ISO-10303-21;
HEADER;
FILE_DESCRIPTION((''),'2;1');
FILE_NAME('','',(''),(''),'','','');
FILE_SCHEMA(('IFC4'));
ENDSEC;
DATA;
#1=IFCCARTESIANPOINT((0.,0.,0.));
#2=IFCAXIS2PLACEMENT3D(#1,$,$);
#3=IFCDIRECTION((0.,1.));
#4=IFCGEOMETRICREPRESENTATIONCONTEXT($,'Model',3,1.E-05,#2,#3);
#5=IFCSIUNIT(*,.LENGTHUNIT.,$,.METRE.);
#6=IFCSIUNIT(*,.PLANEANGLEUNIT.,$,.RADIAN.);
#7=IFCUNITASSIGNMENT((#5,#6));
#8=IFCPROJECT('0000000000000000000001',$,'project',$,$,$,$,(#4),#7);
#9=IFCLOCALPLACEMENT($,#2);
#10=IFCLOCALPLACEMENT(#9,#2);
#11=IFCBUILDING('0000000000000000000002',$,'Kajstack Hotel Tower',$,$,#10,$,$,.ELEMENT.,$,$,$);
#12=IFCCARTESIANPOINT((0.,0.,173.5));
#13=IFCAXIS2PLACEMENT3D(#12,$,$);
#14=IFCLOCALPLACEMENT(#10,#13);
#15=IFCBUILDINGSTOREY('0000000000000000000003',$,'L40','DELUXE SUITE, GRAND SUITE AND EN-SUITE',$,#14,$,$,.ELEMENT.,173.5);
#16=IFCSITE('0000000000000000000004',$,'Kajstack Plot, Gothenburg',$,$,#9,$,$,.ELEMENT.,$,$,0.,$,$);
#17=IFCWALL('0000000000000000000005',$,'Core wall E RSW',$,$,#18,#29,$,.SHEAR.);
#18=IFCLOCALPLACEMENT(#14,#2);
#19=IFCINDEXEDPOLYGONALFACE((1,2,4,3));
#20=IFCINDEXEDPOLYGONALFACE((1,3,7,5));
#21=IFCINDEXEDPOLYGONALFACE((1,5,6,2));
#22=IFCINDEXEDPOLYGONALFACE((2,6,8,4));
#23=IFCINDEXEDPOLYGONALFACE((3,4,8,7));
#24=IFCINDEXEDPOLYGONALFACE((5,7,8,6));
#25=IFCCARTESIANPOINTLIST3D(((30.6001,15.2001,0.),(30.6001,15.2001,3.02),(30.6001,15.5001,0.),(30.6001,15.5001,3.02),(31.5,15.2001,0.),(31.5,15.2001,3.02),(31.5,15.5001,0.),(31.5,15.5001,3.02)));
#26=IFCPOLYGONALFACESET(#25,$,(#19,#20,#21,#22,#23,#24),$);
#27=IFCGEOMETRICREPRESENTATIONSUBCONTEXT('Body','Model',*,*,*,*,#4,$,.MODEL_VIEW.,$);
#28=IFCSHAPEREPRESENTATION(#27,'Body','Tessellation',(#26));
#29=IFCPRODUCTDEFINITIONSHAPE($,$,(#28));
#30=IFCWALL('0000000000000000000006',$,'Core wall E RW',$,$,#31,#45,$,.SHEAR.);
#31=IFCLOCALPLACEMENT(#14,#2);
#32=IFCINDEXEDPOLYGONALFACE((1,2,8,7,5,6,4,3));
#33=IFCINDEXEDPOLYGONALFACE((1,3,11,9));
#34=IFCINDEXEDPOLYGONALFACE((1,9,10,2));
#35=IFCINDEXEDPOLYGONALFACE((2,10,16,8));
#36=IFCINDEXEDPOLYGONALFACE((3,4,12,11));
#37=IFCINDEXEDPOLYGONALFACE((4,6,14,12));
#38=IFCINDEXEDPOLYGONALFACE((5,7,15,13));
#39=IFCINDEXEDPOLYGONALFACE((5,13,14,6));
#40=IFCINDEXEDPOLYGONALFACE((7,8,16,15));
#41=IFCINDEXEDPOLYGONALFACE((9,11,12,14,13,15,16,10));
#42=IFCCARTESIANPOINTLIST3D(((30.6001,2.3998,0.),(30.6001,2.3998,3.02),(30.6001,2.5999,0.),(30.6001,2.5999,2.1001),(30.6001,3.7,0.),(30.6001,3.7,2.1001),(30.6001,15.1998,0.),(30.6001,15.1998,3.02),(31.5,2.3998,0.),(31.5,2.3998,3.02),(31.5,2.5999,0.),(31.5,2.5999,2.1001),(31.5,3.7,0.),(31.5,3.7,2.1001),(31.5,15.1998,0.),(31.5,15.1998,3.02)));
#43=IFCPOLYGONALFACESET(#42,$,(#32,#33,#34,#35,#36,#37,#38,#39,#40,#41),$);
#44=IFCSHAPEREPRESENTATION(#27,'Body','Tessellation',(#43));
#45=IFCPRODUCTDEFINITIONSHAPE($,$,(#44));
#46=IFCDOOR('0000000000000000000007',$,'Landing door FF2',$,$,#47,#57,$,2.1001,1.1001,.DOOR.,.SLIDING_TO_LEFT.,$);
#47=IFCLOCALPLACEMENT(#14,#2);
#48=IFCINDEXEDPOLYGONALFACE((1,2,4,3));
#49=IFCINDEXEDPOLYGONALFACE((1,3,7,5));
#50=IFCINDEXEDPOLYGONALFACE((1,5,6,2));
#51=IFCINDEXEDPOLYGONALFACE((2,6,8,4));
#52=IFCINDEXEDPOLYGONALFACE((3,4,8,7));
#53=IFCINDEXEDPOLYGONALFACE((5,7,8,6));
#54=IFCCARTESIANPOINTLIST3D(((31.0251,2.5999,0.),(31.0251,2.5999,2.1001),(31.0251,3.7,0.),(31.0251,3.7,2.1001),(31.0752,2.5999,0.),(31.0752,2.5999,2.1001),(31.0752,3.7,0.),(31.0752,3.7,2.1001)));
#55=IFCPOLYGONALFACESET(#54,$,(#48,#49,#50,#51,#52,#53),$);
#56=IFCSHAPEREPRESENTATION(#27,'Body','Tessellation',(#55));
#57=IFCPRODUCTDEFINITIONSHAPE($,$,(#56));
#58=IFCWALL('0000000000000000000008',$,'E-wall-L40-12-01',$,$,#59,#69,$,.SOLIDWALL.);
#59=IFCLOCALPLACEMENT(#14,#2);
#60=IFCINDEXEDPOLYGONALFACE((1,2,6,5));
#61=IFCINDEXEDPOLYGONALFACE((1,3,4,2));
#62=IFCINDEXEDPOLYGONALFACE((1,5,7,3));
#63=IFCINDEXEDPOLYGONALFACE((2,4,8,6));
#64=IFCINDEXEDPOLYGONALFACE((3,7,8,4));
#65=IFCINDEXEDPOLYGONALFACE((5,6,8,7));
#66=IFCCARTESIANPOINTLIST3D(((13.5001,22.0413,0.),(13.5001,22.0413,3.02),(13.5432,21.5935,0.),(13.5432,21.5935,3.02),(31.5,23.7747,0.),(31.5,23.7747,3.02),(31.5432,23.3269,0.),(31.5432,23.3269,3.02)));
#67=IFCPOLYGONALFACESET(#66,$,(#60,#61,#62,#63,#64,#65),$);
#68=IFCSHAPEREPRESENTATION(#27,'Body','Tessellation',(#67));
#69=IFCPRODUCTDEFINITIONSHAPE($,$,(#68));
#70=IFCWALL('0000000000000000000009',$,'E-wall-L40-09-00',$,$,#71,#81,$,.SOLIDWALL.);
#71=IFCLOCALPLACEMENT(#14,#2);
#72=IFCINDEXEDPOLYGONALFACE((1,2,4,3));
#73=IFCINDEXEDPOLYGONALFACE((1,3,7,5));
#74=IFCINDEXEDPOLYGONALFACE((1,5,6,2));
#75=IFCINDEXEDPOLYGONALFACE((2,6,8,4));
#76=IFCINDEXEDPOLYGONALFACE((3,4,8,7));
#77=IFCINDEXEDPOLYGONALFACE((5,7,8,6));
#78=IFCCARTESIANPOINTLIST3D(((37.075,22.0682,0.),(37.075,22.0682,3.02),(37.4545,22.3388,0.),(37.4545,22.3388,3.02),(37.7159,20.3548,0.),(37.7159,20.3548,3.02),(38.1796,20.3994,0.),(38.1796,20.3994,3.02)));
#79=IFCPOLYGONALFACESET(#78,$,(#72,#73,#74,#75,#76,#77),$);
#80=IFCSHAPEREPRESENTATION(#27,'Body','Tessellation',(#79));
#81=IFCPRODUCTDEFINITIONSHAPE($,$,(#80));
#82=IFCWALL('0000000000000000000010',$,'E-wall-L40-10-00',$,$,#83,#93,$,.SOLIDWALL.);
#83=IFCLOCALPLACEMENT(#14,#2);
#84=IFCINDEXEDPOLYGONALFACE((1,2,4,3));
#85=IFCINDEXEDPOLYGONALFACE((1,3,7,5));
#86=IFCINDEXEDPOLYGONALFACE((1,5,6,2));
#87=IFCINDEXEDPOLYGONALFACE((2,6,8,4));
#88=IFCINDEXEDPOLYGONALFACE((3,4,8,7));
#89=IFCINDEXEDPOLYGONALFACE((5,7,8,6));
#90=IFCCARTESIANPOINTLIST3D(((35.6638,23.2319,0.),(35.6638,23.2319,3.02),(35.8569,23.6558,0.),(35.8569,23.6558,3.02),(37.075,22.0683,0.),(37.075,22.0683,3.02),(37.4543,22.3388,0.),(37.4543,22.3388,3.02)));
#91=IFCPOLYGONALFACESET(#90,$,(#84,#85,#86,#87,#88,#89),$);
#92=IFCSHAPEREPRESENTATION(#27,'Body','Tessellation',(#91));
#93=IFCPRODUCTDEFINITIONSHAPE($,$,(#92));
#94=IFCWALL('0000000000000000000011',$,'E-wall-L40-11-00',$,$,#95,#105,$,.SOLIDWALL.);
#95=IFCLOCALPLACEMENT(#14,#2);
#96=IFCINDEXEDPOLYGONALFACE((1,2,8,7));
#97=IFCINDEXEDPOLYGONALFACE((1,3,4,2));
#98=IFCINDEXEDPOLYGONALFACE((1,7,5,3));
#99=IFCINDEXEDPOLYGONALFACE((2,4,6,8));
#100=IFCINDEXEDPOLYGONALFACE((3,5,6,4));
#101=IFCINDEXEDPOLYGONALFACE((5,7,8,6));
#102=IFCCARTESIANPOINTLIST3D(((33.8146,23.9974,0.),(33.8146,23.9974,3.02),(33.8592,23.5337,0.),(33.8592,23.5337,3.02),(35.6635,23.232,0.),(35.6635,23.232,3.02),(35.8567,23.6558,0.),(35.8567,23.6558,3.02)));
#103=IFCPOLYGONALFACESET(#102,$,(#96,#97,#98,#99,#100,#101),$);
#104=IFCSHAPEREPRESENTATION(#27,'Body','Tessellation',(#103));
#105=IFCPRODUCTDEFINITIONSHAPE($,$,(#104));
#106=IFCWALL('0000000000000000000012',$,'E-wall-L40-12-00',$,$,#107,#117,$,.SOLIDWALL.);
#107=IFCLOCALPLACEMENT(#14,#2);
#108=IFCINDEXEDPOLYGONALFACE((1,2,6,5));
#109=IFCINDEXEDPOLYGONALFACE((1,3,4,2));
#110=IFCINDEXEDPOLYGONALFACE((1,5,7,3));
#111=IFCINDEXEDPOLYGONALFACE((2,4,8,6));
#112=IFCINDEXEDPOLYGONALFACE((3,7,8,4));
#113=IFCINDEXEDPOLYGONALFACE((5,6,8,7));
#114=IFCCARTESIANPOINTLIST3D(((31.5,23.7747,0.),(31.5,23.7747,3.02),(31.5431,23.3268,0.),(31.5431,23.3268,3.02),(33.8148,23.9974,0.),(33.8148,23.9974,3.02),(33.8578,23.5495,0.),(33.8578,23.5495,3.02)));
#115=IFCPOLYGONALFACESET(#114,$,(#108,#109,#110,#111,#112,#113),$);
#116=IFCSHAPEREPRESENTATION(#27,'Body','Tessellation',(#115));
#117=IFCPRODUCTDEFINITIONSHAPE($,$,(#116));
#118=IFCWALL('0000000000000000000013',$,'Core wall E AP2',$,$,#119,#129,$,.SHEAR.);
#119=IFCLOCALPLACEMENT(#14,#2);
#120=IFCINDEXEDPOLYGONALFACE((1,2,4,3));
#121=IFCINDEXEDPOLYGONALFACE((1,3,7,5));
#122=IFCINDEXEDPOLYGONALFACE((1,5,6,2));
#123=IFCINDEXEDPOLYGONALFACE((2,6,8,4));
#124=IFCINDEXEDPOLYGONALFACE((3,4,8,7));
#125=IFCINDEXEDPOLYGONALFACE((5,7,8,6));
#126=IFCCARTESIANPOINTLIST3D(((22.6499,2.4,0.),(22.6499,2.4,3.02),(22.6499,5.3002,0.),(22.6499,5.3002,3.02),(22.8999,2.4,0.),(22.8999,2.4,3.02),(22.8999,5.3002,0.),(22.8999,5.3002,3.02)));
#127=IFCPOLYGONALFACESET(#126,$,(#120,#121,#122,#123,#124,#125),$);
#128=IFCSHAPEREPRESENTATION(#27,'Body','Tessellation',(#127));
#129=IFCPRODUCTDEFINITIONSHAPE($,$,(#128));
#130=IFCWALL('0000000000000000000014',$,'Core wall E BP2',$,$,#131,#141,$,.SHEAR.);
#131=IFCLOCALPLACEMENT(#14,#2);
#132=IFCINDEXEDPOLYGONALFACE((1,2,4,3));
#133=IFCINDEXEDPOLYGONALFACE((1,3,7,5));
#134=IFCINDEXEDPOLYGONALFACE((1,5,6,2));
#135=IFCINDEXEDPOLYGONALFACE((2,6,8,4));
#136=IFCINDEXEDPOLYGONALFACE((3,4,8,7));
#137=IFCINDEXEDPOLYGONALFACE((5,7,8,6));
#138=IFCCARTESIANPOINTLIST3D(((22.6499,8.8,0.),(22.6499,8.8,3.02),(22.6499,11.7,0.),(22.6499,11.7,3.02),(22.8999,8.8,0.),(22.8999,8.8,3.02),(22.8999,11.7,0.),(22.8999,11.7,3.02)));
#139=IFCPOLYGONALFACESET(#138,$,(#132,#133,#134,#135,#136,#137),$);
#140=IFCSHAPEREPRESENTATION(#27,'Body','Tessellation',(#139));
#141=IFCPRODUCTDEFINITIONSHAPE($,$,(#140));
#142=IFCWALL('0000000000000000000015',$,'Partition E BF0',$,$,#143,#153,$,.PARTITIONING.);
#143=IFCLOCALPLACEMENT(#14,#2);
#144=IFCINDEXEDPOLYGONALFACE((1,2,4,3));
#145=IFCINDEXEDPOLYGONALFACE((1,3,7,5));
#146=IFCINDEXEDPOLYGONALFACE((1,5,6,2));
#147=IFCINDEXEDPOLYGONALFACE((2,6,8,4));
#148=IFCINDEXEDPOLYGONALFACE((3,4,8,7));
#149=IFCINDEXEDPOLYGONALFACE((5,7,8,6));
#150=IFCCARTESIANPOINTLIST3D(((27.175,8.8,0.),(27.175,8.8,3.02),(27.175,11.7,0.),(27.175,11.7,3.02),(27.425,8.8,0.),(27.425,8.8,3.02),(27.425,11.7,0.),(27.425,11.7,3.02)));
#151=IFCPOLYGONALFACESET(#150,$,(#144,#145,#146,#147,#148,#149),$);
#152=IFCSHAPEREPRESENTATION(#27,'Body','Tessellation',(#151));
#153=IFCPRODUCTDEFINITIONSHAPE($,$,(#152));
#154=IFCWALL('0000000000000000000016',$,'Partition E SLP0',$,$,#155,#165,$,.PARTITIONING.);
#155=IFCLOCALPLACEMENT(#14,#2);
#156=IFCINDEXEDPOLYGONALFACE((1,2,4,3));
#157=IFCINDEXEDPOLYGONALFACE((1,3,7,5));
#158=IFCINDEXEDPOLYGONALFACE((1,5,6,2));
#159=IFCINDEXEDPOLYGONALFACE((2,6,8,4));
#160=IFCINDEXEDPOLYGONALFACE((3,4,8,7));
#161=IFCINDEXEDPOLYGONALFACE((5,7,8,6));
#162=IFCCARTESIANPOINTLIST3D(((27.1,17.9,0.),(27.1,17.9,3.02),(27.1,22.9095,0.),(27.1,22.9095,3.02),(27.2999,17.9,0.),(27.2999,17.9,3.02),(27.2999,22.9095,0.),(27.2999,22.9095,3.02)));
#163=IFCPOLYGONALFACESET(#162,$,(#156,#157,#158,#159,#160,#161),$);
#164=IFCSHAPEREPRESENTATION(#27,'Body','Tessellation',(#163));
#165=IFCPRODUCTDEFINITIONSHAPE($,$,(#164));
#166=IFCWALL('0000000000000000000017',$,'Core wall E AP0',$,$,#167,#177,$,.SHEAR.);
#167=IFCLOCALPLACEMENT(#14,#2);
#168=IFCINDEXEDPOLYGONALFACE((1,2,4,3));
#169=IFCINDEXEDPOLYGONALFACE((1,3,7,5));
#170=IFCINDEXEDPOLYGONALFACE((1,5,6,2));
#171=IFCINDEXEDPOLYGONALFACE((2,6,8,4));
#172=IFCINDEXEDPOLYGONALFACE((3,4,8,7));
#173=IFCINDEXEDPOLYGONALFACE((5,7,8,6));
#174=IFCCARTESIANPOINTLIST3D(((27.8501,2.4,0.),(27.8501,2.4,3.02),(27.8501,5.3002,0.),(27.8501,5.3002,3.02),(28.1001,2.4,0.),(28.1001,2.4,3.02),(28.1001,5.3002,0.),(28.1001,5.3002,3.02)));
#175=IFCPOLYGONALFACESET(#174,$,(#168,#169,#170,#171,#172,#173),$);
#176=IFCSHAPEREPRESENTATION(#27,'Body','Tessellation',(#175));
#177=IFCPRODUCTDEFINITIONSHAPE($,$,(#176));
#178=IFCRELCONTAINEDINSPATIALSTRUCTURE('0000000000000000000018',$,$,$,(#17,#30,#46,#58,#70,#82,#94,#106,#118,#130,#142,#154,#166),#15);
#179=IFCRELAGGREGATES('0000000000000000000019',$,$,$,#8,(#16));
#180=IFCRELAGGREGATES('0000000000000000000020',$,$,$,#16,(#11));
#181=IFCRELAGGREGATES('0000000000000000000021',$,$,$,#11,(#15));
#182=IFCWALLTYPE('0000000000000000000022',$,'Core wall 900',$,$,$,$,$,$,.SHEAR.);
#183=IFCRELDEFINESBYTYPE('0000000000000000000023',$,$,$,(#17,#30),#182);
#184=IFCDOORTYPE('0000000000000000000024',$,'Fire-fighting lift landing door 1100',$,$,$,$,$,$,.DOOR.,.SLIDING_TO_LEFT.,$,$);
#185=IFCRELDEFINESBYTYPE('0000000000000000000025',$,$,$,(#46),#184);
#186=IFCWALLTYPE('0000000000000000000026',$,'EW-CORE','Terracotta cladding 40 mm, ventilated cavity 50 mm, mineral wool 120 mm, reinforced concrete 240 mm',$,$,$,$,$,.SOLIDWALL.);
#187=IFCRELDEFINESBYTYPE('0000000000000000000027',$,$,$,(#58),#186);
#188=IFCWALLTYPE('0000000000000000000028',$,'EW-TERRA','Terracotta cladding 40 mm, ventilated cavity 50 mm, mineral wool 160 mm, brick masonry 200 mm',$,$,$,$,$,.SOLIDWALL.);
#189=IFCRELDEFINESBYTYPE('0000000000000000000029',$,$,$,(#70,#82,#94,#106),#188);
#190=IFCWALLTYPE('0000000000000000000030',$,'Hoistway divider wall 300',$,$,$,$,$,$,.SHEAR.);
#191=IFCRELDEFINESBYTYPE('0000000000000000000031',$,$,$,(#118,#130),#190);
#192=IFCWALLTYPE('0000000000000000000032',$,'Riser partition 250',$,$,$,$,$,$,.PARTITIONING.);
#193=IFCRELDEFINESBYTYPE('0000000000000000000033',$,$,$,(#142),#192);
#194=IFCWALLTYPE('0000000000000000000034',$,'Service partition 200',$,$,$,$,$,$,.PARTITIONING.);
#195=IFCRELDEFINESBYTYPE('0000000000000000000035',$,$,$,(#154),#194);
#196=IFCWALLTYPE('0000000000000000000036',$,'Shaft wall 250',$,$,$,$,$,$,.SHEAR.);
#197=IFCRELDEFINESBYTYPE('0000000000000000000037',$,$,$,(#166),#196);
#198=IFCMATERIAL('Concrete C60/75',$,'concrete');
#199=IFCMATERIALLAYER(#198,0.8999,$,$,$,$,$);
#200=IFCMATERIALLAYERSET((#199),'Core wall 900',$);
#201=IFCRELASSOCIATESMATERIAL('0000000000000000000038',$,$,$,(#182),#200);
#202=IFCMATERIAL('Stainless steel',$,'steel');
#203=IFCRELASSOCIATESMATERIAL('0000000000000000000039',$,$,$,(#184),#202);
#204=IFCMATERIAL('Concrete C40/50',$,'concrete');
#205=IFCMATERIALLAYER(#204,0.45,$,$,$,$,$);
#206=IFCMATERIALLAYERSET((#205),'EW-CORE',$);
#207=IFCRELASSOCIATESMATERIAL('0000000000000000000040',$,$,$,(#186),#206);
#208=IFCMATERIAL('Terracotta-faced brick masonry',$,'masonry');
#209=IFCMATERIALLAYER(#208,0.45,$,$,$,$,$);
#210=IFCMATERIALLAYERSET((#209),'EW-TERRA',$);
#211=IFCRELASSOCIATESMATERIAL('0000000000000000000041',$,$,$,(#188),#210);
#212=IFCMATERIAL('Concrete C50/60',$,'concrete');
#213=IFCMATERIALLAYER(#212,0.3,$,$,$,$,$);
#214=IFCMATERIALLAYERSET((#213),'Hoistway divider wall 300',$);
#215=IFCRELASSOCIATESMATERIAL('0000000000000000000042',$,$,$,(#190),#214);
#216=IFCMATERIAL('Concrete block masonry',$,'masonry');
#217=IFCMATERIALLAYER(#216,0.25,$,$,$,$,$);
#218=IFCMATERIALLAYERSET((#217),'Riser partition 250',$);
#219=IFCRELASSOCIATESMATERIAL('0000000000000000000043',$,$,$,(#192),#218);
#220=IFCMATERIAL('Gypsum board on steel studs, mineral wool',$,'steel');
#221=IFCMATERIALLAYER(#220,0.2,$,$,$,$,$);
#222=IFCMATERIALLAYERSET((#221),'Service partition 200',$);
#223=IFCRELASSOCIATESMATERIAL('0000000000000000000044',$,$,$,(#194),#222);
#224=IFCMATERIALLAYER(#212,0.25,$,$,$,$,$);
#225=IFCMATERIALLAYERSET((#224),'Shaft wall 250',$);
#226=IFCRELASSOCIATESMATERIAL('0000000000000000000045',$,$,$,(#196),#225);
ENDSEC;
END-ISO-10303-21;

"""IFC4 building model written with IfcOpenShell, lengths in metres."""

from ifc_helpers import new_model, si_unit, direction, frame, frame_2d, origin, place, context, subcontext, project, spatial, polyline, rectangle, outline, extrude, material, layer, layer_set, type_object, element, fill, save


model = new_model("IFC4")

# Units and contexts
model_context = context("Model", 3, precision=1e-05, world=origin(), true_north=direction((0.0, 1.0)))
body_context = subcontext(model_context, "Body", "Model", "MODEL_VIEW")
ifc_project = project(units=[si_unit("LENGTHUNIT", "METRE"), si_unit("PLANEANGLEUNIT", "RADIAN")], contexts=[model_context])

# Site, building, storey
site_placement = place(None, origin())
site = spatial("IfcSite", under=ifc_project, at=site_placement, Name="Kajstack Plot, Gothenburg", CompositionType="ELEMENT", RefElevation=0.0)
building_placement = place(site_placement, origin())
building = spatial("IfcBuilding", under=site, at=building_placement, Name="Kajstack Hotel Tower", CompositionType="ELEMENT")
storey_placement = place(building_placement, frame((0.0, 0.0, 173.5)))
storey = spatial("IfcBuildingStorey", under=building, at=storey_placement, Name="L40", Description="DELUXE SUITE, GRAND SUITE AND EN-SUITE", CompositionType="ELEMENT", Elevation=173.5)

# Wall
ifc_material_1 = material(Name="Concrete C60/75", Category="concrete")
ifc_layer_1 = layer(ifc_material_1, 0.8999)
ifc_layer_set_1 = layer_set([ifc_layer_1], Name="Core wall 900")
wall_type_1 = type_object("IfcWallType", Name="Core wall 900", PredefinedType="SHEAR", material=ifc_layer_set_1)
wall_1_placement = place(storey_placement, frame((30.6001, 15.3501, 0.0), z_axis=(0.0, 0.0, 1.0), x_axis=(1.0, 0.0, 0.0)))
element("IfcWall", 1, at=wall_1_placement, inside=storey, type_object=wall_type_1, Name="Core wall E RSW", PredefinedType="SHEAR", context=body_context, shape_type="SweptSolid", body=[
    extrude(rectangle(XDim=0.8999, YDim=0.3, at=frame_2d((0.45, 0.0))), origin(), (0.0, 0.0, 1.0), 3.02),
])

# Wall, opening, door
wall_2_placement = place(storey_placement, frame((31.05, 2.3999, 0.0), z_axis=(0.0, 0.0, 1.0), x_axis=(0.0, 1.0, 0.0)))
wall_2 = element("IfcWall", 2, at=wall_2_placement, inside=storey, type_object=wall_type_1, Name="Core wall E RW", PredefinedType="SHEAR", context=body_context, shape_type="SweptSolid", body=[
    extrude(rectangle(XDim=12.8, YDim=0.8999, at=frame_2d((6.3999, 0.0))), origin(), (0.0, 0.0, 1.0), 3.02),
])
opening_1_placement = place(wall_2_placement, frame((0.2, 0.0, 0.0)))
opening_1 = element("IfcOpeningElement", 3, at=opening_1_placement, cuts=wall_2, PredefinedType="OPENING", context=body_context, shape_type="SweptSolid", body=[
    extrude(rectangle(XDim=1.1001, YDim=2.1001, at=frame_2d((0.55, 1.05))), frame((0.0, 0.46, 0.0), z_axis=(0.0, -1.0, 0.0), x_axis=(1.0, 0.0, 0.0)), (0.0, 0.0, 1.0), 0.9199),
])
ifc_material_2 = material(Name="Stainless steel", Category="steel")
door_type_1 = type_object("IfcDoorType", Name="Fire-fighting lift landing door 1100", OperationType="SLIDING_TO_LEFT", PredefinedType="DOOR", material=ifc_material_2)
door_1_placement = place(opening_1_placement, origin())
door_1 = element("IfcDoor", 4, at=door_1_placement, inside=storey, type_object=door_type_1, Name="Landing door FF2", OperationType="SLIDING_TO_LEFT", OverallHeight=2.1001, OverallWidth=1.1001, PredefinedType="DOOR", context=body_context, shape_type="SweptSolid", body=[
    extrude(rectangle(XDim=1.1001, YDim=2.1001, at=frame_2d((0.55, 1.05))), frame((0.0, 0.0249, 0.0), z_axis=(0.0, -1.0, 0.0), x_axis=(1.0, 0.0, 0.0)), (0.0, 0.0, 1.0), 0.05),
])
fill(opening_1, door_1)

# Walls
ifc_material_3 = material(Name="Concrete C40/50", Category="concrete")
ifc_layer_2 = layer(ifc_material_3, 0.45)
ifc_layer_set_2 = layer_set([ifc_layer_2], Name="EW-CORE")
wall_type_2 = type_object("IfcWallType", Name="EW-CORE", Description="Terracotta cladding 40 mm, ventilated cavity 50 mm, mineral wool 120 mm, reinforced concrete 240 mm", PredefinedType="SOLIDWALL", material=ifc_layer_set_2)
wall_3_placement = place(storey_placement, frame((31.5215, 23.5508, 0.0), z_axis=(0.0, 0.0, 1.0), x_axis=(-0.995395, -0.095856, 0.0)))
element("IfcWall", 5, at=wall_3_placement, inside=storey, type_object=wall_type_2, Name="E-wall-L40-12-01", PredefinedType="SOLIDWALL", context=body_context, shape_type="SweptSolid", body=[
    extrude(rectangle(XDim=18.0833, YDim=0.45, at=frame_2d((9.0415, 0.0))), origin(), (0.0, 0.0, 1.0), 3.02),
])
ifc_material_4 = material(Name="Terracotta-faced brick masonry", Category="masonry")
ifc_layer_3 = layer(ifc_material_4, 0.45)
ifc_layer_set_3 = layer_set([ifc_layer_3], Name="EW-TERRA")
wall_type_3 = type_object("IfcWallType", Name="EW-TERRA", Description="Terracotta cladding 40 mm, ventilated cavity 50 mm, mineral wool 160 mm, brick masonry 200 mm", PredefinedType="SOLIDWALL", material=ifc_layer_set_3)
wall_4_placement = place(storey_placement, frame((37.9688, 20.3206, 0.0), z_axis=(0.0, 0.0, 1.0), x_axis=(-0.350193, 0.936678, 0.0)))
element("IfcWall", 6, at=wall_4_placement, inside=storey, type_object=wall_type_3, Name="E-wall-L40-09-00", PredefinedType="SOLIDWALL", context=body_context, shape_type="SweptSolid", body=[
    extrude(outline(polyline([(0.0, -0.2251), (2.0706, -0.2251), (1.95, 0.2251), (0.1206, 0.2249), (0.0, -0.2251)])), origin(), (0.0, 0.0, 1.0), 3.02),
])
wall_5_placement = place(storey_placement, frame((37.3113, 22.1653, 0.0), z_axis=(0.0, 0.0, 1.0), x_axis=(-0.771651, 0.636046, 0.0)))
element("IfcWall", 7, at=wall_5_placement, inside=storey, type_object=wall_type_3, Name="E-wall-L40-10-00", PredefinedType="SOLIDWALL", context=body_context, shape_type="SweptSolid", body=[
    extrude(outline(polyline([(0.0, -0.2249), (2.0703, -0.2251), (1.9497, 0.2249), (0.1206, 0.2251), (0.0, -0.2249)])), origin(), (0.0, 0.0, 1.0), 3.02),
])
wall_6_placement = place(storey_placement, frame((35.8196, 23.4338, 0.0), z_axis=(0.0, 0.0, 1.0), x_axis=(-0.986279, 0.165087, 0.0)))
element("IfcWall", 8, at=wall_6_placement, inside=storey, type_object=wall_type_3, Name="E-wall-L40-11-00", PredefinedType="SOLIDWALL", context=body_context, shape_type="SweptSolid", body=[
    extrude(outline(polyline([(0.0, -0.2251), (2.0706, -0.2249), (1.95, 0.2251), (0.1206, 0.2249), (0.0, -0.2251)])), origin(), (0.0, 0.0, 1.0), 3.02),
])
wall_7_placement = place(storey_placement, frame((33.8362, 23.7734, 0.0), z_axis=(0.0, 0.0, 1.0), x_axis=(-0.995405, -0.09575, 0.0)))
element("IfcWall", 9, at=wall_7_placement, inside=storey, type_object=wall_type_3, Name="E-wall-L40-12-00", PredefinedType="SOLIDWALL", context=body_context, shape_type="SweptSolid", body=[
    extrude(rectangle(XDim=2.3254, YDim=0.45, at=frame_2d((1.1626, 0.0))), origin(), (0.0, 0.0, 1.0), 3.02),
])
ifc_material_5 = material(Name="Concrete C50/60", Category="concrete")
ifc_layer_4 = layer(ifc_material_5, 0.3)
ifc_layer_set_4 = layer_set([ifc_layer_4], Name="Hoistway divider wall 300")
wall_type_4 = type_object("IfcWallType", Name="Hoistway divider wall 300", PredefinedType="SHEAR", material=ifc_layer_set_4)
wall_8_placement = place(storey_placement, frame((22.7749, 2.3999, 0.0), z_axis=(0.0, 0.0, 1.0), x_axis=(0.0, 1.0, 0.0)))
element("IfcWall", 10, at=wall_8_placement, inside=storey, type_object=wall_type_4, Name="Core wall E AP2", PredefinedType="SHEAR", context=body_context, shape_type="SweptSolid", body=[
    extrude(rectangle(XDim=2.9001, YDim=0.25, at=frame_2d((1.4502, 0.0))), origin(), (0.0, 0.0, 1.0), 3.02),
])
wall_9_placement = place(storey_placement, frame((22.7749, 8.8, 0.0), z_axis=(0.0, 0.0, 1.0), x_axis=(0.0, 1.0, 0.0)))
element("IfcWall", 11, at=wall_9_placement, inside=storey, type_object=wall_type_4, Name="Core wall E BP2", PredefinedType="SHEAR", context=body_context, shape_type="SweptSolid", body=[
    extrude(rectangle(XDim=2.8999, YDim=0.25, at=frame_2d((1.45, 0.0))), origin(), (0.0, 0.0, 1.0), 3.02),
])
ifc_material_6 = material(Name="Concrete block masonry", Category="masonry")
ifc_layer_5 = layer(ifc_material_6, 0.25)
ifc_layer_set_5 = layer_set([ifc_layer_5], Name="Riser partition 250")
wall_type_5 = type_object("IfcWallType", Name="Riser partition 250", PredefinedType="PARTITIONING", material=ifc_layer_set_5)
wall_10_placement = place(storey_placement, frame((27.3, 8.8, 0.0), z_axis=(0.0, 0.0, 1.0), x_axis=(0.0, 1.0, 0.0)))
element("IfcWall", 12, at=wall_10_placement, inside=storey, type_object=wall_type_5, Name="Partition E BF0", PredefinedType="PARTITIONING", context=body_context, shape_type="SweptSolid", body=[
    extrude(rectangle(XDim=2.8999, YDim=0.25, at=frame_2d((1.45, 0.0))), origin(), (0.0, 0.0, 1.0), 3.02),
])
ifc_material_7 = material(Name="Gypsum board on steel studs, mineral wool", Category="steel")
ifc_layer_6 = layer(ifc_material_7, 0.2)
ifc_layer_set_6 = layer_set([ifc_layer_6], Name="Service partition 200")
wall_type_6 = type_object("IfcWallType", Name="Service partition 200", PredefinedType="PARTITIONING", material=ifc_layer_set_6)
wall_11_placement = place(storey_placement, frame((27.2, 17.8999, 0.0), z_axis=(0.0, 0.0, 1.0), x_axis=(0.0, 1.0, 0.0)))
element("IfcWall", 13, at=wall_11_placement, inside=storey, type_object=wall_type_6, Name="Partition E SLP0", PredefinedType="PARTITIONING", context=body_context, shape_type="SweptSolid", body=[
    extrude(rectangle(XDim=5.0095, YDim=0.2, at=frame_2d((2.5049, 0.0))), origin(), (0.0, 0.0, 1.0), 3.02),
])
ifc_layer_7 = layer(ifc_material_5, 0.25)
ifc_layer_set_7 = layer_set([ifc_layer_7], Name="Shaft wall 250")
wall_type_7 = type_object("IfcWallType", Name="Shaft wall 250", PredefinedType="SHEAR", material=ifc_layer_set_7)
wall_12_placement = place(storey_placement, frame((27.9751, 2.3999, 0.0), z_axis=(0.0, 0.0, 1.0), x_axis=(0.0, 1.0, 0.0)))
element("IfcWall", 14, at=wall_12_placement, inside=storey, type_object=wall_type_7, Name="Core wall E AP0", PredefinedType="SHEAR", context=body_context, shape_type="SweptSolid", body=[
    extrude(rectangle(XDim=2.9001, YDim=0.25, at=frame_2d((1.4502, 0.0))), origin(), (0.0, 0.0, 1.0), 3.02),
])

save(model, "model.ifc")
